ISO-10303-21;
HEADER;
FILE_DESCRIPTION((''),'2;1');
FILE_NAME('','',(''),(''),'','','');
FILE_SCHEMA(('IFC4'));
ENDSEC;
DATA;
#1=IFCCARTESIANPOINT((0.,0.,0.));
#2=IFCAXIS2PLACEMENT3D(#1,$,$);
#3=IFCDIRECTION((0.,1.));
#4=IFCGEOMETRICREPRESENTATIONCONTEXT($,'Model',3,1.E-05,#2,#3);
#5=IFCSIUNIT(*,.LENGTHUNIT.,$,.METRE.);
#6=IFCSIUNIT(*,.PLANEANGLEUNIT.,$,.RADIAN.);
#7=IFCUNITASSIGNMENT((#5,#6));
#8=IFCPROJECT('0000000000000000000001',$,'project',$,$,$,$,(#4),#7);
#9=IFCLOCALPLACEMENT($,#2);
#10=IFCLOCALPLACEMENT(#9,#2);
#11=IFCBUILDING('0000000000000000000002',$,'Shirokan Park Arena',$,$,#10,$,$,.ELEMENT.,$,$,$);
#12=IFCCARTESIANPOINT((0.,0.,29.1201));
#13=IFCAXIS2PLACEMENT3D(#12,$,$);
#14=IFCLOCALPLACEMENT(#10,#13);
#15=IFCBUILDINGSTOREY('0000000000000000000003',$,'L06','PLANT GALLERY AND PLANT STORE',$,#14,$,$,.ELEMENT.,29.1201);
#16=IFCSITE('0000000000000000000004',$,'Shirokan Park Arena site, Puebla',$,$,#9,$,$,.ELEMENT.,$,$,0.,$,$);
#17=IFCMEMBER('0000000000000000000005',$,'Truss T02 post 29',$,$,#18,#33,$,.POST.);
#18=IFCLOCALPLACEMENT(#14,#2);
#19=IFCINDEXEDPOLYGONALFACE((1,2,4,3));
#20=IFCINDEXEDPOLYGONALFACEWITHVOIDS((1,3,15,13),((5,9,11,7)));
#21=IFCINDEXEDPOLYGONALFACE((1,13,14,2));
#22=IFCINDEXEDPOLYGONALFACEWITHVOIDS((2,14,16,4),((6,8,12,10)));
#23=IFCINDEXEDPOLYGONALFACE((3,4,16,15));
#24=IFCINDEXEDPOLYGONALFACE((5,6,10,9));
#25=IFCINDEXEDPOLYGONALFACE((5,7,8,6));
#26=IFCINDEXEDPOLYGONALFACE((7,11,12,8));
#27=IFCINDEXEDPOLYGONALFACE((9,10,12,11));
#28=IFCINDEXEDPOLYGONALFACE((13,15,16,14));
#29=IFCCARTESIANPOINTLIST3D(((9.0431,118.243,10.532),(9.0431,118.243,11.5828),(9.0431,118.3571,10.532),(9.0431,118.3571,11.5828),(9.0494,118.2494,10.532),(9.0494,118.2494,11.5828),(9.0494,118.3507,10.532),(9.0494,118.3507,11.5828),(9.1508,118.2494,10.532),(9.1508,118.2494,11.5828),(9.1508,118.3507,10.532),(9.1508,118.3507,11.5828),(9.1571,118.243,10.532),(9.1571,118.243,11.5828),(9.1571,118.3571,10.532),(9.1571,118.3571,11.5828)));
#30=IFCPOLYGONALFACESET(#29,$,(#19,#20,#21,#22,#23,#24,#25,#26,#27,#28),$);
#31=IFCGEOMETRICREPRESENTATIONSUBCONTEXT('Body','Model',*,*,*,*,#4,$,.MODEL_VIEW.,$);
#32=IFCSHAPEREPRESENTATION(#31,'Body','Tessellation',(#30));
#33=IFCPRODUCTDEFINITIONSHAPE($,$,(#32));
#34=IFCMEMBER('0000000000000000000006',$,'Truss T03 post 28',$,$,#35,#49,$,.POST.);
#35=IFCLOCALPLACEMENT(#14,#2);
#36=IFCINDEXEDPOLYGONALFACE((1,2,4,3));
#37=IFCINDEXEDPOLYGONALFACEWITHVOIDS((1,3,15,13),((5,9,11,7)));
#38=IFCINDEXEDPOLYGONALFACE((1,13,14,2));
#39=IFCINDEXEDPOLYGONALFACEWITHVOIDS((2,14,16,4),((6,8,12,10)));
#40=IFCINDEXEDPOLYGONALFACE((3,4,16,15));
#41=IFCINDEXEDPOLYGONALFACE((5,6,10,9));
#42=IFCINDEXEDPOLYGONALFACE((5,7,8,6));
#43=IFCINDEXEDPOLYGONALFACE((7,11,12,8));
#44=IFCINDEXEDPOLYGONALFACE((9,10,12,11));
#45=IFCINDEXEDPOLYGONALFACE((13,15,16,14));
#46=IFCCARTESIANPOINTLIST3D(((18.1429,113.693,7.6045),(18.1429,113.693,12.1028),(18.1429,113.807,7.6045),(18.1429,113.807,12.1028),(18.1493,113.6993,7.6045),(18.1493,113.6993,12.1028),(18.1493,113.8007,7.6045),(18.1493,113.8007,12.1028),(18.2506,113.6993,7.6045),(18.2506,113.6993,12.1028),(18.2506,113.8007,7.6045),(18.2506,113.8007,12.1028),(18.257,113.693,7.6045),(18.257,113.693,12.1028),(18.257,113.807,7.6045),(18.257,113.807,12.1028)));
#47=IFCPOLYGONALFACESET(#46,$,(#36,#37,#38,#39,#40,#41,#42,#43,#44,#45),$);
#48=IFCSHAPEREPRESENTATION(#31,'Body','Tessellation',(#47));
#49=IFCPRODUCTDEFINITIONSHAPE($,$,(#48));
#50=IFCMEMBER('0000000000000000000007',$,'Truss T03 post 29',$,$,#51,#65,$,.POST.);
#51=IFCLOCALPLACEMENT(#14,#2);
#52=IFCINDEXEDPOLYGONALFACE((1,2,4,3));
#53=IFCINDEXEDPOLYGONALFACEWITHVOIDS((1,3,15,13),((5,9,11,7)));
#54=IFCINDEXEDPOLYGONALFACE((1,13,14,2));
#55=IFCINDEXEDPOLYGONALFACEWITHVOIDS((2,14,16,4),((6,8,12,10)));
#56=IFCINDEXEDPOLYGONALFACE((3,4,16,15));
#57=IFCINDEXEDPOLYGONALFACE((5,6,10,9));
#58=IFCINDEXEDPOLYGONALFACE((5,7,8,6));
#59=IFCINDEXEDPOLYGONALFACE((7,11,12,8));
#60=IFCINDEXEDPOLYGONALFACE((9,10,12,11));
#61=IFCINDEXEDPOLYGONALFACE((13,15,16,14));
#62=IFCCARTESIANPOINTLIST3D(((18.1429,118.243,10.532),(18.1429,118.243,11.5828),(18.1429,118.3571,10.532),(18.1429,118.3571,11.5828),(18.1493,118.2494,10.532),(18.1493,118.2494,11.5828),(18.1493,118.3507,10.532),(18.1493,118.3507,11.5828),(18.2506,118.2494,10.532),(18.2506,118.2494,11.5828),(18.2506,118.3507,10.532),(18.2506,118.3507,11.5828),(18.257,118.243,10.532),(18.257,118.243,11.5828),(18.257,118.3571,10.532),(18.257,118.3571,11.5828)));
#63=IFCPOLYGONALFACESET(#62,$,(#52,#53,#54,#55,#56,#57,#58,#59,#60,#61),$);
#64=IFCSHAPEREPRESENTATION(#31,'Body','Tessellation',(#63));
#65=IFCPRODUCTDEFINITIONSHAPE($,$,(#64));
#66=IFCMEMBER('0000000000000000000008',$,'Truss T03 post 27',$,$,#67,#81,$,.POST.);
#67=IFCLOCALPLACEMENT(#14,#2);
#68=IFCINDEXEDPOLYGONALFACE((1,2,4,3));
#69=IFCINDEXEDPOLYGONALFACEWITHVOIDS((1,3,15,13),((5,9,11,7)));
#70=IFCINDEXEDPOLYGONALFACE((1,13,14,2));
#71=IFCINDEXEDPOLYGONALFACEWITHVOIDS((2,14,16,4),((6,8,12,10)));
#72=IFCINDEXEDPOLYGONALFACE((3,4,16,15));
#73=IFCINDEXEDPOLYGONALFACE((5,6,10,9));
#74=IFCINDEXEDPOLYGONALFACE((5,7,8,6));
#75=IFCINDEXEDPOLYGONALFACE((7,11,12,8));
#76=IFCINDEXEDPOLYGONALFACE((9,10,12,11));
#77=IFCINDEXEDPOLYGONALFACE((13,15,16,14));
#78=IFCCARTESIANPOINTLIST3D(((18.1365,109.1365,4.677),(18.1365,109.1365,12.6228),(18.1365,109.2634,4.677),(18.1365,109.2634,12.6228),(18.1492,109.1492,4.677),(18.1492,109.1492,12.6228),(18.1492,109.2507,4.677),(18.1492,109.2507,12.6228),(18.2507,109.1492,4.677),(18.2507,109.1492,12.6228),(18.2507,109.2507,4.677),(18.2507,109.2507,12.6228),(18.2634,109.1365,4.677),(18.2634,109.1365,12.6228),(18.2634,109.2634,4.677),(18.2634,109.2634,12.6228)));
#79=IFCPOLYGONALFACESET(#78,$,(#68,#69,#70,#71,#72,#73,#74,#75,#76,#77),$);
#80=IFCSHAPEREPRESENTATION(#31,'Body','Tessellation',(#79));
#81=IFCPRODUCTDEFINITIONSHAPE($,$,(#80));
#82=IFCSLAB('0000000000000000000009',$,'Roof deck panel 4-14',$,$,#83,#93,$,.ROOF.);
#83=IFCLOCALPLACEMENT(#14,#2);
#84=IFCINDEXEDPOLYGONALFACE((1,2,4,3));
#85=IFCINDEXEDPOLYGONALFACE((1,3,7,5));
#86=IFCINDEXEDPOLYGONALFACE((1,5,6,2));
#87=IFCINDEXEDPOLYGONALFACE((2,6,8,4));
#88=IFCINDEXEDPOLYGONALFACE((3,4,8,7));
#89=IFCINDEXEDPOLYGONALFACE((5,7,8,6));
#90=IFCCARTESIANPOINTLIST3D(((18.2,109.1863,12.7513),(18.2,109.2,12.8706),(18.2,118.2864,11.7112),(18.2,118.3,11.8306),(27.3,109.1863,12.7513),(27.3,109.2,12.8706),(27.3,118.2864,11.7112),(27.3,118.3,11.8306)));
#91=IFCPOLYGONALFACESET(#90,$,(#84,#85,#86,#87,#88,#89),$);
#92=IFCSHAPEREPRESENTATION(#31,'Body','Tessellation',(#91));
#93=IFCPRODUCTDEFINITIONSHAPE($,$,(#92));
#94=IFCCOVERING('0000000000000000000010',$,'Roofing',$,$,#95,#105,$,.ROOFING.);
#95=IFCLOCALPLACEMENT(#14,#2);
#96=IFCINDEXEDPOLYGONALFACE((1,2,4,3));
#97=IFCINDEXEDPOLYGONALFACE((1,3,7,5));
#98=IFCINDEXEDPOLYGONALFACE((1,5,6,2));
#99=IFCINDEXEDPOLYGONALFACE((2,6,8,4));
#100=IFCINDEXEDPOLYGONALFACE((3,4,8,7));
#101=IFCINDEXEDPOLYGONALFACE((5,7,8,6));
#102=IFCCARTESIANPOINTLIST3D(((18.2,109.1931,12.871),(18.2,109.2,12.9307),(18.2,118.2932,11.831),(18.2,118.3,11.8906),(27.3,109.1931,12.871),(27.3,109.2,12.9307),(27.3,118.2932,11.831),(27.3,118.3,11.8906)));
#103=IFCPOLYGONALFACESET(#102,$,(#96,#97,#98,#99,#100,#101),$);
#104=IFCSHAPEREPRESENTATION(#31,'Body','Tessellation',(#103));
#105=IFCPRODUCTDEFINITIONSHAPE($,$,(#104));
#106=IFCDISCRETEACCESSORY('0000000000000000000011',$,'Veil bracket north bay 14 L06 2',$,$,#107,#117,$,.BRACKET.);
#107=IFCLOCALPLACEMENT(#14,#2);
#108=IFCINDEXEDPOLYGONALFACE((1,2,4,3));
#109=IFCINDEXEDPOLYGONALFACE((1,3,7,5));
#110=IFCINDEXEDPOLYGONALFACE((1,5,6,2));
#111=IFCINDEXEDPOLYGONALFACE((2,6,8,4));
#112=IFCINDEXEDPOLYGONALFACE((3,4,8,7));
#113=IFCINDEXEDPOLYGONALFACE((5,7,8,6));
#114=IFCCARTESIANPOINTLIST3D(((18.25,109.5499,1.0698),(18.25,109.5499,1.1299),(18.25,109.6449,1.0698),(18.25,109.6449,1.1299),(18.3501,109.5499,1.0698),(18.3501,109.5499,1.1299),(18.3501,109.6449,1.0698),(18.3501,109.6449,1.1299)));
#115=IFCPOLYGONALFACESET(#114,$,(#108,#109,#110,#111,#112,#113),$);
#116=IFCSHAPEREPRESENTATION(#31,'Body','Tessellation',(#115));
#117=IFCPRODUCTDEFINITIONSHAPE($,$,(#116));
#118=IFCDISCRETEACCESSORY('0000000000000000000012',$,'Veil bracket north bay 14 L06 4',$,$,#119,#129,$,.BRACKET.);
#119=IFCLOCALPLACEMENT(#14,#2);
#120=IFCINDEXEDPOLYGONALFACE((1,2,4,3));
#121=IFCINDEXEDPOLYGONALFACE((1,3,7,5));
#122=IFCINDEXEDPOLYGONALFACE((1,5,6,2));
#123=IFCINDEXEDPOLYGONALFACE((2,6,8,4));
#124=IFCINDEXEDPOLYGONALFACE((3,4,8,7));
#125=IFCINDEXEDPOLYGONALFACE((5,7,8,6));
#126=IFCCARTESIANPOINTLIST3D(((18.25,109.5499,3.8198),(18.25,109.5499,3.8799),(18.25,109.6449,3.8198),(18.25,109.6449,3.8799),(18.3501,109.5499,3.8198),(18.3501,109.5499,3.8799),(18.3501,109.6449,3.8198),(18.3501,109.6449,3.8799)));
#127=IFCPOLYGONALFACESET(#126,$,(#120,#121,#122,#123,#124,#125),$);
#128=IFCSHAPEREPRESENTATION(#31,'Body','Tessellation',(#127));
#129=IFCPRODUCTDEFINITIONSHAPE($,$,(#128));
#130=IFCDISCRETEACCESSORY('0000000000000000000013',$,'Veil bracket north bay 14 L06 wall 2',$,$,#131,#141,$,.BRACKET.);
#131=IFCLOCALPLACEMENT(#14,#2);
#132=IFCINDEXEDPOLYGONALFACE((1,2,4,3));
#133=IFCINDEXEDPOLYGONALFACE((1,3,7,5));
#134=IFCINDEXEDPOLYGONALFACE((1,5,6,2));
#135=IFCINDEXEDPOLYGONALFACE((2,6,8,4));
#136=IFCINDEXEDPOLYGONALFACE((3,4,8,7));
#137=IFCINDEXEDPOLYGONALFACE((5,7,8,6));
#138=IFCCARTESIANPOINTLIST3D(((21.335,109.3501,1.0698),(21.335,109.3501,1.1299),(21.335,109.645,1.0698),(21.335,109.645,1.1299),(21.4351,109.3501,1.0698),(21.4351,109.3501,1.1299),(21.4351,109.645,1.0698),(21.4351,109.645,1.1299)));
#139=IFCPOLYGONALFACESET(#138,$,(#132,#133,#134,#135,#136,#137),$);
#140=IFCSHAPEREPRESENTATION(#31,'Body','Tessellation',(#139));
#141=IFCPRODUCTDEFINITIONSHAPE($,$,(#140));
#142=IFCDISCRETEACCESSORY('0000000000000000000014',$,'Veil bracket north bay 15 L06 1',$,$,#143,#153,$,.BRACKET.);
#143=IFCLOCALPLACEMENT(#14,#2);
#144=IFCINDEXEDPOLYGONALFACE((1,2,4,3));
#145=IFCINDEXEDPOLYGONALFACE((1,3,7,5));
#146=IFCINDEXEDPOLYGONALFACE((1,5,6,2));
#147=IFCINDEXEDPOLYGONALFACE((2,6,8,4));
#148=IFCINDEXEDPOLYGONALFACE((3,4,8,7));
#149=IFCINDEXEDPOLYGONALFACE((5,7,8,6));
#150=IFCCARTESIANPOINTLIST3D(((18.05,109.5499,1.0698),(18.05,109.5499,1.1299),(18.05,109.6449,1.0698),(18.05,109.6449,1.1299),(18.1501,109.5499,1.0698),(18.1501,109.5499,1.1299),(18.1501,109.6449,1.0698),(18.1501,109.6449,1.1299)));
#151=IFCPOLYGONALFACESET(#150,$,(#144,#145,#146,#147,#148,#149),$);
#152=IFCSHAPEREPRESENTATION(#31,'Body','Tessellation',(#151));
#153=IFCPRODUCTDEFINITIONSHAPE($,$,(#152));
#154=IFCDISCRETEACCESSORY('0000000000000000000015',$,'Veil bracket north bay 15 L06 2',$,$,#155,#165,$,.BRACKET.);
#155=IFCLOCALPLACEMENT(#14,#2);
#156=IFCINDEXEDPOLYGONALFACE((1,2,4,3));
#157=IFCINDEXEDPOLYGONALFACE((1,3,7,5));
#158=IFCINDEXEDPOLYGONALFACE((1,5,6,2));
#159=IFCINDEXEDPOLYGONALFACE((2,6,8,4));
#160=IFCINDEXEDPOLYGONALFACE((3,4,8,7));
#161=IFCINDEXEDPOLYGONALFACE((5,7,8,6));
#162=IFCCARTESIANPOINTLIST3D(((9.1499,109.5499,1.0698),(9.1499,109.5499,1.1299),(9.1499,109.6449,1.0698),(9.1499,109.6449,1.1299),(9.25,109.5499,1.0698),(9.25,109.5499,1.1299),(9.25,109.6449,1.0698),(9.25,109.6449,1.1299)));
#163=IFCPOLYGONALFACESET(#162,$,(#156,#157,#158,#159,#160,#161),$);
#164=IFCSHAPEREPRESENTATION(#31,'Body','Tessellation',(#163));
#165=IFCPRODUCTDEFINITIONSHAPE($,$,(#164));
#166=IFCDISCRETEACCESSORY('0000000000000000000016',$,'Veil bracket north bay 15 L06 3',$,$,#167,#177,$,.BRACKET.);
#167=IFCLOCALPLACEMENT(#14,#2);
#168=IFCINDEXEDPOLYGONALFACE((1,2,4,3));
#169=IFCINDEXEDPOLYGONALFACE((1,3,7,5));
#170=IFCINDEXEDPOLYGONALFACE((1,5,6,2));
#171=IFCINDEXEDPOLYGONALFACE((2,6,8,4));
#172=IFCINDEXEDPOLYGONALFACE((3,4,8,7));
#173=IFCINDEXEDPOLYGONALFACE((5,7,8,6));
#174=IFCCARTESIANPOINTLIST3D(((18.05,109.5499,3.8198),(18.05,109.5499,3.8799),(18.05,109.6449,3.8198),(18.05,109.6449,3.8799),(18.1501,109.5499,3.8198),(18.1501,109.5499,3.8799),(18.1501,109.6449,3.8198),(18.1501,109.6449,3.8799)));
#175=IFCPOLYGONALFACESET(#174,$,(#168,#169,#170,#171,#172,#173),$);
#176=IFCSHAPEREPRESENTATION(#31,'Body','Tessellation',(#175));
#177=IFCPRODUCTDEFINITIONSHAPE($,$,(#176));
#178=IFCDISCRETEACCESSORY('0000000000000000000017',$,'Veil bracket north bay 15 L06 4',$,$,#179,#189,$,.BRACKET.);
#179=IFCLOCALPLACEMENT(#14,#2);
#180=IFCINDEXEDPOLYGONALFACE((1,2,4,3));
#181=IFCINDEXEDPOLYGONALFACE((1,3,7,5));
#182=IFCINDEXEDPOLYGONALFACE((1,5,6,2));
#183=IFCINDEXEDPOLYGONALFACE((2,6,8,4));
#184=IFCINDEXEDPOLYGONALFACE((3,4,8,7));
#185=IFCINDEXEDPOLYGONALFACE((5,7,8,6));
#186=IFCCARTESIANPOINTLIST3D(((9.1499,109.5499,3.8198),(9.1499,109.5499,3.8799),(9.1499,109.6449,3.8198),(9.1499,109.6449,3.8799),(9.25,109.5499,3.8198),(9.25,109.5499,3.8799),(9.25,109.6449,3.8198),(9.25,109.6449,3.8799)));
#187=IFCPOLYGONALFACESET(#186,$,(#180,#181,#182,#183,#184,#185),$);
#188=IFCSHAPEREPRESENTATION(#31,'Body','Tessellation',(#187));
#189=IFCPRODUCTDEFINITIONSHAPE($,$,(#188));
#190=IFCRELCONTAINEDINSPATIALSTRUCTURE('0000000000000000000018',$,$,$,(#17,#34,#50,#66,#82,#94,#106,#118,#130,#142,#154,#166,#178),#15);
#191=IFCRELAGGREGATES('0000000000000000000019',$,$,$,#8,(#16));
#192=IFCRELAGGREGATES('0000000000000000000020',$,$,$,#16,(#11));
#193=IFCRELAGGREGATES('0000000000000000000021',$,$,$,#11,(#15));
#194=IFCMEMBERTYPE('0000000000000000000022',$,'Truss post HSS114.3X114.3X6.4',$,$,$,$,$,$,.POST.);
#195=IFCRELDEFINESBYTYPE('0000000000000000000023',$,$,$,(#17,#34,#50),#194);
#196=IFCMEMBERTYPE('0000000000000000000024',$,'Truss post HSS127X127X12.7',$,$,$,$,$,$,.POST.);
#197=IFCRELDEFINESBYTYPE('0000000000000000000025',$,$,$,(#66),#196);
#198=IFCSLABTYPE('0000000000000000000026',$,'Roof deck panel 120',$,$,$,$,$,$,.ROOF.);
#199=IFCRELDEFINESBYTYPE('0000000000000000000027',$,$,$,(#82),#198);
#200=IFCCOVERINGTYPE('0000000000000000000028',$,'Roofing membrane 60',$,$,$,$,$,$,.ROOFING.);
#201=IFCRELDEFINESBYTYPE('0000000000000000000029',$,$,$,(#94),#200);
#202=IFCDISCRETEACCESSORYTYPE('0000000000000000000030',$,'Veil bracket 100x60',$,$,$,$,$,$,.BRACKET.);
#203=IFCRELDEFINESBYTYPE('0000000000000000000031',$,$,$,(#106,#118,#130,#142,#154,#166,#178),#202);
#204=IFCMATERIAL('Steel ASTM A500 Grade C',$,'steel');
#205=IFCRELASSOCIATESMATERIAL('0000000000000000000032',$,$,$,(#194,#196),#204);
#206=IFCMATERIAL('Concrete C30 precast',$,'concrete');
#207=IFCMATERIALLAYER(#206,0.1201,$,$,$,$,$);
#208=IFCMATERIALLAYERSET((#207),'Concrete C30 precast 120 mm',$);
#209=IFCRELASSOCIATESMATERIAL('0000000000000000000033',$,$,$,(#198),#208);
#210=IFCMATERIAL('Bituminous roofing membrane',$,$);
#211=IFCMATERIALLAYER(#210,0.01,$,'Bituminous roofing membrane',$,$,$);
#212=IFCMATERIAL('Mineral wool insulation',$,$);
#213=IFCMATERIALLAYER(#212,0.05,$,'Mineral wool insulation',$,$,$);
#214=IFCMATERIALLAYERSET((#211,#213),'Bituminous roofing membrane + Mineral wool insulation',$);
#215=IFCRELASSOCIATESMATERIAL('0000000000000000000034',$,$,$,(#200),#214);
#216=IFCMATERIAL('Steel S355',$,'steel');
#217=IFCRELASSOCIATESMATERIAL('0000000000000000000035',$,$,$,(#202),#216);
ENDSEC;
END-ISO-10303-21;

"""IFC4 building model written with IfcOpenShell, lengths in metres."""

from ifc_helpers import new_model, si_unit, direction, frame, origin, origin_2d, place, context, subcontext, project, spatial, polyline, rectangle, hollow_rectangle, outline, extrude, material, layer, layer_set, material_profile, profile_set, type_object, element, save


model = new_model("IFC4")

# Units and contexts
model_context = context("Model", 3, precision=1e-05, world=origin(), true_north=direction((0.0, 1.0)))
body_context = subcontext(model_context, "Body", "Model", "MODEL_VIEW")
ifc_project = project(units=[si_unit("LENGTHUNIT", "METRE"), si_unit("PLANEANGLEUNIT", "RADIAN")], contexts=[model_context])

# Site, building, storey
site_placement = place(None, origin())
site = spatial("IfcSite", under=ifc_project, at=site_placement, Name="Shirokan Park Arena site, Puebla", CompositionType="ELEMENT", RefElevation=0.0)
building_placement = place(site_placement, origin())
building = spatial("IfcBuilding", under=site, at=building_placement, Name="Shirokan Park Arena", CompositionType="ELEMENT")
storey_placement = place(building_placement, frame((0.0, 0.0, 29.1201)))
storey = spatial("IfcBuildingStorey", under=building, at=storey_placement, Name="L06", Description="PLANT GALLERY AND PLANT STORE", CompositionType="ELEMENT", Elevation=29.1201)

# Shared definitions
ifc_material_1 = material(Name="Steel ASTM A500 Grade C", Category="steel")

# Members
ifc_material_profile_1 = material_profile(ifc_material_1, hollow_rectangle(XDim=0.114, YDim=0.114, WallThickness=0.0063, at=origin_2d()), Name="HSS114.3X114.3X6.4")
ifc_profile_set_1 = profile_set([ifc_material_profile_1], Name="Steel ASTM A500 Grade C")
member_type_1 = type_object("IfcMemberType", Name="Truss post HSS114.3X114.3X6.4", PredefinedType="POST", material=ifc_profile_set_1)
member_1_placement = place(storey_placement, frame((9.1001, 118.3, 10.532), z_axis=(0.0, 0.0, 1.0), x_axis=(1.0, 0.0, 0.0)))
element("IfcMember", 1, at=member_1_placement, inside=storey, type_object=member_type_1, Name="Truss T02 post 29", PredefinedType="POST", context=body_context, shape_type="SweptSolid", body=[
    extrude(hollow_rectangle(XDim=0.114, YDim=0.114, WallThickness=0.0063, at=origin_2d()), origin(), (0.0, 0.0, 1.0), 1.0508),
])
member_2_placement = place(storey_placement, frame((18.2, 113.75, 7.6045), z_axis=(0.0, 0.0, 1.0), x_axis=(1.0, 0.0, 0.0)))
element("IfcMember", 2, at=member_2_placement, inside=storey, type_object=member_type_1, Name="Truss T03 post 28", PredefinedType="POST", context=body_context, shape_type="SweptSolid", body=[
    extrude(hollow_rectangle(XDim=0.114, YDim=0.114, WallThickness=0.0063, at=origin_2d()), origin(), (0.0, 0.0, 1.0), 4.4983),
])
member_3_placement = place(storey_placement, frame((18.2, 118.3, 10.532), z_axis=(0.0, 0.0, 1.0), x_axis=(1.0, 0.0, 0.0)))
element("IfcMember", 3, at=member_3_placement, inside=storey, type_object=member_type_1, Name="Truss T03 post 29", PredefinedType="POST", context=body_context, shape_type="SweptSolid", body=[
    extrude(hollow_rectangle(XDim=0.114, YDim=0.114, WallThickness=0.0063, at=origin_2d()), origin(), (0.0, 0.0, 1.0), 1.0508),
])
ifc_material_profile_2 = material_profile(ifc_material_1, hollow_rectangle(XDim=0.127, YDim=0.127, WallThickness=0.0127, at=origin_2d()), Name="HSS127X127X12.7")
ifc_profile_set_2 = profile_set([ifc_material_profile_2], Name="Steel ASTM A500 Grade C")
member_type_2 = type_object("IfcMemberType", Name="Truss post HSS127X127X12.7", PredefinedType="POST", material=ifc_profile_set_2)
member_4_placement = place(storey_placement, frame((18.2, 109.2, 4.677), z_axis=(0.0, 0.0, 1.0), x_axis=(1.0, 0.0, 0.0)))
element("IfcMember", 4, at=member_4_placement, inside=storey, type_object=member_type_2, Name="Truss T03 post 27", PredefinedType="POST", context=body_context, shape_type="SweptSolid", body=[
    extrude(hollow_rectangle(XDim=0.127, YDim=0.127, WallThickness=0.0127, at=origin_2d()), origin(), (0.0, 0.0, 1.0), 7.9458),
])

# Slab
ifc_material_2 = material(Name="Concrete C30 precast", Category="concrete")
ifc_layer_1 = layer(ifc_material_2, 0.1201)
ifc_layer_set_1 = layer_set([ifc_layer_1], Name="Concrete C30 precast 120 mm")
slab_type = type_object("IfcSlabType", Name="Roof deck panel 120", PredefinedType="ROOF", material=ifc_layer_set_1)
slab_placement = place(storey_placement, frame((18.2, 109.2, 12.8706), z_axis=(0.0, 0.11355, 0.993532), x_axis=(1.0, 0.0, 0.0)))
element("IfcSlab", 5, at=slab_placement, inside=storey, type_object=slab_type, Name="Roof deck panel 4-14", PredefinedType="ROOF", context=body_context, shape_type="SweptSolid", body=[
    extrude(outline(polyline([(0.0, 0.0), (9.1001, 0.0), (9.1001, 9.1593), (0.0, 9.1593), (0.0, 0.0)])), origin(), (0.0, 0.0, -1.0), 0.1201),
])

# Covering
ifc_material_3 = material(Name="Bituminous roofing membrane")
ifc_layer_2 = layer(ifc_material_3, 0.01, Name="Bituminous roofing membrane")
ifc_material_4 = material(Name="Mineral wool insulation")
ifc_layer_3 = layer(ifc_material_4, 0.05, Name="Mineral wool insulation")
ifc_layer_set_2 = layer_set([ifc_layer_2, ifc_layer_3], Name="Bituminous roofing membrane + Mineral wool insulation")
covering_type = type_object("IfcCoveringType", Name="Roofing membrane 60", PredefinedType="ROOFING", material=ifc_layer_set_2)
covering_placement = place(storey_placement, frame((18.2, 109.2, 12.9307), z_axis=(0.0, 0.11355, 0.993532), x_axis=(1.0, 0.0, 0.0)))
element("IfcCovering", 6, at=covering_placement, inside=storey, type_object=covering_type, Name="Roofing", PredefinedType="ROOFING", context=body_context, shape_type="SweptSolid", body=[
    extrude(outline(polyline([(0.0, 0.0), (9.1001, 0.0), (9.1001, 9.1593), (0.0, 9.1593), (0.0, 0.0)])), origin(), (0.0, 0.0, -1.0), 0.0601),
])

# Discrete accessories
ifc_material_5 = material(Name="Steel S355", Category="steel")
discrete_accessory_type = type_object("IfcDiscreteAccessoryType", Name="Veil bracket 100x60", PredefinedType="BRACKET", material=ifc_material_5)
for number, where, z_axis, x_axis, name in (
    (7, (18.3, 109.5974, 1.0698), (0.0, 0.0, 1.0), (-1.0, 0.0, 0.0), "Veil bracket north bay 14 L06 2"),
    (8, (18.3, 109.5974, 3.8198), (0.0, 0.0, 1.0), (-1.0, 0.0, 0.0), "Veil bracket north bay 14 L06 4"),
):
    element("IfcDiscreteAccessory", number, at=place(storey_placement, frame(where, z_axis=z_axis, x_axis=x_axis)), inside=storey, type_object=discrete_accessory_type, Name=name, PredefinedType="BRACKET", context=body_context, shape_type="SweptSolid", body=[
        extrude(rectangle(XDim=0.1001, YDim=0.095, at=origin_2d()), origin(), (0.0, 0.0, 1.0), 0.0601),
    ])
discrete_accessory_placement = place(storey_placement, frame((21.385, 109.4976, 1.0698), z_axis=(0.0, 0.0, 1.0), x_axis=(-1.0, 0.0, 0.0)))
element("IfcDiscreteAccessory", 9, at=discrete_accessory_placement, inside=storey, type_object=discrete_accessory_type, Name="Veil bracket north bay 14 L06 wall 2", PredefinedType="BRACKET", context=body_context, shape_type="SweptSolid", body=[
    extrude(rectangle(XDim=0.1001, YDim=0.2949, at=origin_2d()), origin(), (0.0, 0.0, 1.0), 0.0601),
])
for number, where, z_axis, x_axis, name in (
    (10, (18.1001, 109.5974, 1.0698), (0.0, 0.0, 1.0), (-1.0, 0.0, 0.0), "Veil bracket north bay 15 L06 1"),
    (11, (9.2, 109.5974, 1.0698), (0.0, 0.0, 1.0), (-1.0, 0.0, 0.0), "Veil bracket north bay 15 L06 2"),
    (12, (18.1001, 109.5974, 3.8198), (0.0, 0.0, 1.0), (-1.0, 0.0, 0.0), "Veil bracket north bay 15 L06 3"),
    (13, (9.2, 109.5974, 3.8198), (0.0, 0.0, 1.0), (-1.0, 0.0, 0.0), "Veil bracket north bay 15 L06 4"),
):
    element("IfcDiscreteAccessory", number, at=place(storey_placement, frame(where, z_axis=z_axis, x_axis=x_axis)), inside=storey, type_object=discrete_accessory_type, Name=name, PredefinedType="BRACKET", context=body_context, shape_type="SweptSolid", body=[
        extrude(rectangle(XDim=0.1001, YDim=0.095, at=origin_2d()), origin(), (0.0, 0.0, 1.0), 0.0601),
    ])

save(model, "model.ifc")
